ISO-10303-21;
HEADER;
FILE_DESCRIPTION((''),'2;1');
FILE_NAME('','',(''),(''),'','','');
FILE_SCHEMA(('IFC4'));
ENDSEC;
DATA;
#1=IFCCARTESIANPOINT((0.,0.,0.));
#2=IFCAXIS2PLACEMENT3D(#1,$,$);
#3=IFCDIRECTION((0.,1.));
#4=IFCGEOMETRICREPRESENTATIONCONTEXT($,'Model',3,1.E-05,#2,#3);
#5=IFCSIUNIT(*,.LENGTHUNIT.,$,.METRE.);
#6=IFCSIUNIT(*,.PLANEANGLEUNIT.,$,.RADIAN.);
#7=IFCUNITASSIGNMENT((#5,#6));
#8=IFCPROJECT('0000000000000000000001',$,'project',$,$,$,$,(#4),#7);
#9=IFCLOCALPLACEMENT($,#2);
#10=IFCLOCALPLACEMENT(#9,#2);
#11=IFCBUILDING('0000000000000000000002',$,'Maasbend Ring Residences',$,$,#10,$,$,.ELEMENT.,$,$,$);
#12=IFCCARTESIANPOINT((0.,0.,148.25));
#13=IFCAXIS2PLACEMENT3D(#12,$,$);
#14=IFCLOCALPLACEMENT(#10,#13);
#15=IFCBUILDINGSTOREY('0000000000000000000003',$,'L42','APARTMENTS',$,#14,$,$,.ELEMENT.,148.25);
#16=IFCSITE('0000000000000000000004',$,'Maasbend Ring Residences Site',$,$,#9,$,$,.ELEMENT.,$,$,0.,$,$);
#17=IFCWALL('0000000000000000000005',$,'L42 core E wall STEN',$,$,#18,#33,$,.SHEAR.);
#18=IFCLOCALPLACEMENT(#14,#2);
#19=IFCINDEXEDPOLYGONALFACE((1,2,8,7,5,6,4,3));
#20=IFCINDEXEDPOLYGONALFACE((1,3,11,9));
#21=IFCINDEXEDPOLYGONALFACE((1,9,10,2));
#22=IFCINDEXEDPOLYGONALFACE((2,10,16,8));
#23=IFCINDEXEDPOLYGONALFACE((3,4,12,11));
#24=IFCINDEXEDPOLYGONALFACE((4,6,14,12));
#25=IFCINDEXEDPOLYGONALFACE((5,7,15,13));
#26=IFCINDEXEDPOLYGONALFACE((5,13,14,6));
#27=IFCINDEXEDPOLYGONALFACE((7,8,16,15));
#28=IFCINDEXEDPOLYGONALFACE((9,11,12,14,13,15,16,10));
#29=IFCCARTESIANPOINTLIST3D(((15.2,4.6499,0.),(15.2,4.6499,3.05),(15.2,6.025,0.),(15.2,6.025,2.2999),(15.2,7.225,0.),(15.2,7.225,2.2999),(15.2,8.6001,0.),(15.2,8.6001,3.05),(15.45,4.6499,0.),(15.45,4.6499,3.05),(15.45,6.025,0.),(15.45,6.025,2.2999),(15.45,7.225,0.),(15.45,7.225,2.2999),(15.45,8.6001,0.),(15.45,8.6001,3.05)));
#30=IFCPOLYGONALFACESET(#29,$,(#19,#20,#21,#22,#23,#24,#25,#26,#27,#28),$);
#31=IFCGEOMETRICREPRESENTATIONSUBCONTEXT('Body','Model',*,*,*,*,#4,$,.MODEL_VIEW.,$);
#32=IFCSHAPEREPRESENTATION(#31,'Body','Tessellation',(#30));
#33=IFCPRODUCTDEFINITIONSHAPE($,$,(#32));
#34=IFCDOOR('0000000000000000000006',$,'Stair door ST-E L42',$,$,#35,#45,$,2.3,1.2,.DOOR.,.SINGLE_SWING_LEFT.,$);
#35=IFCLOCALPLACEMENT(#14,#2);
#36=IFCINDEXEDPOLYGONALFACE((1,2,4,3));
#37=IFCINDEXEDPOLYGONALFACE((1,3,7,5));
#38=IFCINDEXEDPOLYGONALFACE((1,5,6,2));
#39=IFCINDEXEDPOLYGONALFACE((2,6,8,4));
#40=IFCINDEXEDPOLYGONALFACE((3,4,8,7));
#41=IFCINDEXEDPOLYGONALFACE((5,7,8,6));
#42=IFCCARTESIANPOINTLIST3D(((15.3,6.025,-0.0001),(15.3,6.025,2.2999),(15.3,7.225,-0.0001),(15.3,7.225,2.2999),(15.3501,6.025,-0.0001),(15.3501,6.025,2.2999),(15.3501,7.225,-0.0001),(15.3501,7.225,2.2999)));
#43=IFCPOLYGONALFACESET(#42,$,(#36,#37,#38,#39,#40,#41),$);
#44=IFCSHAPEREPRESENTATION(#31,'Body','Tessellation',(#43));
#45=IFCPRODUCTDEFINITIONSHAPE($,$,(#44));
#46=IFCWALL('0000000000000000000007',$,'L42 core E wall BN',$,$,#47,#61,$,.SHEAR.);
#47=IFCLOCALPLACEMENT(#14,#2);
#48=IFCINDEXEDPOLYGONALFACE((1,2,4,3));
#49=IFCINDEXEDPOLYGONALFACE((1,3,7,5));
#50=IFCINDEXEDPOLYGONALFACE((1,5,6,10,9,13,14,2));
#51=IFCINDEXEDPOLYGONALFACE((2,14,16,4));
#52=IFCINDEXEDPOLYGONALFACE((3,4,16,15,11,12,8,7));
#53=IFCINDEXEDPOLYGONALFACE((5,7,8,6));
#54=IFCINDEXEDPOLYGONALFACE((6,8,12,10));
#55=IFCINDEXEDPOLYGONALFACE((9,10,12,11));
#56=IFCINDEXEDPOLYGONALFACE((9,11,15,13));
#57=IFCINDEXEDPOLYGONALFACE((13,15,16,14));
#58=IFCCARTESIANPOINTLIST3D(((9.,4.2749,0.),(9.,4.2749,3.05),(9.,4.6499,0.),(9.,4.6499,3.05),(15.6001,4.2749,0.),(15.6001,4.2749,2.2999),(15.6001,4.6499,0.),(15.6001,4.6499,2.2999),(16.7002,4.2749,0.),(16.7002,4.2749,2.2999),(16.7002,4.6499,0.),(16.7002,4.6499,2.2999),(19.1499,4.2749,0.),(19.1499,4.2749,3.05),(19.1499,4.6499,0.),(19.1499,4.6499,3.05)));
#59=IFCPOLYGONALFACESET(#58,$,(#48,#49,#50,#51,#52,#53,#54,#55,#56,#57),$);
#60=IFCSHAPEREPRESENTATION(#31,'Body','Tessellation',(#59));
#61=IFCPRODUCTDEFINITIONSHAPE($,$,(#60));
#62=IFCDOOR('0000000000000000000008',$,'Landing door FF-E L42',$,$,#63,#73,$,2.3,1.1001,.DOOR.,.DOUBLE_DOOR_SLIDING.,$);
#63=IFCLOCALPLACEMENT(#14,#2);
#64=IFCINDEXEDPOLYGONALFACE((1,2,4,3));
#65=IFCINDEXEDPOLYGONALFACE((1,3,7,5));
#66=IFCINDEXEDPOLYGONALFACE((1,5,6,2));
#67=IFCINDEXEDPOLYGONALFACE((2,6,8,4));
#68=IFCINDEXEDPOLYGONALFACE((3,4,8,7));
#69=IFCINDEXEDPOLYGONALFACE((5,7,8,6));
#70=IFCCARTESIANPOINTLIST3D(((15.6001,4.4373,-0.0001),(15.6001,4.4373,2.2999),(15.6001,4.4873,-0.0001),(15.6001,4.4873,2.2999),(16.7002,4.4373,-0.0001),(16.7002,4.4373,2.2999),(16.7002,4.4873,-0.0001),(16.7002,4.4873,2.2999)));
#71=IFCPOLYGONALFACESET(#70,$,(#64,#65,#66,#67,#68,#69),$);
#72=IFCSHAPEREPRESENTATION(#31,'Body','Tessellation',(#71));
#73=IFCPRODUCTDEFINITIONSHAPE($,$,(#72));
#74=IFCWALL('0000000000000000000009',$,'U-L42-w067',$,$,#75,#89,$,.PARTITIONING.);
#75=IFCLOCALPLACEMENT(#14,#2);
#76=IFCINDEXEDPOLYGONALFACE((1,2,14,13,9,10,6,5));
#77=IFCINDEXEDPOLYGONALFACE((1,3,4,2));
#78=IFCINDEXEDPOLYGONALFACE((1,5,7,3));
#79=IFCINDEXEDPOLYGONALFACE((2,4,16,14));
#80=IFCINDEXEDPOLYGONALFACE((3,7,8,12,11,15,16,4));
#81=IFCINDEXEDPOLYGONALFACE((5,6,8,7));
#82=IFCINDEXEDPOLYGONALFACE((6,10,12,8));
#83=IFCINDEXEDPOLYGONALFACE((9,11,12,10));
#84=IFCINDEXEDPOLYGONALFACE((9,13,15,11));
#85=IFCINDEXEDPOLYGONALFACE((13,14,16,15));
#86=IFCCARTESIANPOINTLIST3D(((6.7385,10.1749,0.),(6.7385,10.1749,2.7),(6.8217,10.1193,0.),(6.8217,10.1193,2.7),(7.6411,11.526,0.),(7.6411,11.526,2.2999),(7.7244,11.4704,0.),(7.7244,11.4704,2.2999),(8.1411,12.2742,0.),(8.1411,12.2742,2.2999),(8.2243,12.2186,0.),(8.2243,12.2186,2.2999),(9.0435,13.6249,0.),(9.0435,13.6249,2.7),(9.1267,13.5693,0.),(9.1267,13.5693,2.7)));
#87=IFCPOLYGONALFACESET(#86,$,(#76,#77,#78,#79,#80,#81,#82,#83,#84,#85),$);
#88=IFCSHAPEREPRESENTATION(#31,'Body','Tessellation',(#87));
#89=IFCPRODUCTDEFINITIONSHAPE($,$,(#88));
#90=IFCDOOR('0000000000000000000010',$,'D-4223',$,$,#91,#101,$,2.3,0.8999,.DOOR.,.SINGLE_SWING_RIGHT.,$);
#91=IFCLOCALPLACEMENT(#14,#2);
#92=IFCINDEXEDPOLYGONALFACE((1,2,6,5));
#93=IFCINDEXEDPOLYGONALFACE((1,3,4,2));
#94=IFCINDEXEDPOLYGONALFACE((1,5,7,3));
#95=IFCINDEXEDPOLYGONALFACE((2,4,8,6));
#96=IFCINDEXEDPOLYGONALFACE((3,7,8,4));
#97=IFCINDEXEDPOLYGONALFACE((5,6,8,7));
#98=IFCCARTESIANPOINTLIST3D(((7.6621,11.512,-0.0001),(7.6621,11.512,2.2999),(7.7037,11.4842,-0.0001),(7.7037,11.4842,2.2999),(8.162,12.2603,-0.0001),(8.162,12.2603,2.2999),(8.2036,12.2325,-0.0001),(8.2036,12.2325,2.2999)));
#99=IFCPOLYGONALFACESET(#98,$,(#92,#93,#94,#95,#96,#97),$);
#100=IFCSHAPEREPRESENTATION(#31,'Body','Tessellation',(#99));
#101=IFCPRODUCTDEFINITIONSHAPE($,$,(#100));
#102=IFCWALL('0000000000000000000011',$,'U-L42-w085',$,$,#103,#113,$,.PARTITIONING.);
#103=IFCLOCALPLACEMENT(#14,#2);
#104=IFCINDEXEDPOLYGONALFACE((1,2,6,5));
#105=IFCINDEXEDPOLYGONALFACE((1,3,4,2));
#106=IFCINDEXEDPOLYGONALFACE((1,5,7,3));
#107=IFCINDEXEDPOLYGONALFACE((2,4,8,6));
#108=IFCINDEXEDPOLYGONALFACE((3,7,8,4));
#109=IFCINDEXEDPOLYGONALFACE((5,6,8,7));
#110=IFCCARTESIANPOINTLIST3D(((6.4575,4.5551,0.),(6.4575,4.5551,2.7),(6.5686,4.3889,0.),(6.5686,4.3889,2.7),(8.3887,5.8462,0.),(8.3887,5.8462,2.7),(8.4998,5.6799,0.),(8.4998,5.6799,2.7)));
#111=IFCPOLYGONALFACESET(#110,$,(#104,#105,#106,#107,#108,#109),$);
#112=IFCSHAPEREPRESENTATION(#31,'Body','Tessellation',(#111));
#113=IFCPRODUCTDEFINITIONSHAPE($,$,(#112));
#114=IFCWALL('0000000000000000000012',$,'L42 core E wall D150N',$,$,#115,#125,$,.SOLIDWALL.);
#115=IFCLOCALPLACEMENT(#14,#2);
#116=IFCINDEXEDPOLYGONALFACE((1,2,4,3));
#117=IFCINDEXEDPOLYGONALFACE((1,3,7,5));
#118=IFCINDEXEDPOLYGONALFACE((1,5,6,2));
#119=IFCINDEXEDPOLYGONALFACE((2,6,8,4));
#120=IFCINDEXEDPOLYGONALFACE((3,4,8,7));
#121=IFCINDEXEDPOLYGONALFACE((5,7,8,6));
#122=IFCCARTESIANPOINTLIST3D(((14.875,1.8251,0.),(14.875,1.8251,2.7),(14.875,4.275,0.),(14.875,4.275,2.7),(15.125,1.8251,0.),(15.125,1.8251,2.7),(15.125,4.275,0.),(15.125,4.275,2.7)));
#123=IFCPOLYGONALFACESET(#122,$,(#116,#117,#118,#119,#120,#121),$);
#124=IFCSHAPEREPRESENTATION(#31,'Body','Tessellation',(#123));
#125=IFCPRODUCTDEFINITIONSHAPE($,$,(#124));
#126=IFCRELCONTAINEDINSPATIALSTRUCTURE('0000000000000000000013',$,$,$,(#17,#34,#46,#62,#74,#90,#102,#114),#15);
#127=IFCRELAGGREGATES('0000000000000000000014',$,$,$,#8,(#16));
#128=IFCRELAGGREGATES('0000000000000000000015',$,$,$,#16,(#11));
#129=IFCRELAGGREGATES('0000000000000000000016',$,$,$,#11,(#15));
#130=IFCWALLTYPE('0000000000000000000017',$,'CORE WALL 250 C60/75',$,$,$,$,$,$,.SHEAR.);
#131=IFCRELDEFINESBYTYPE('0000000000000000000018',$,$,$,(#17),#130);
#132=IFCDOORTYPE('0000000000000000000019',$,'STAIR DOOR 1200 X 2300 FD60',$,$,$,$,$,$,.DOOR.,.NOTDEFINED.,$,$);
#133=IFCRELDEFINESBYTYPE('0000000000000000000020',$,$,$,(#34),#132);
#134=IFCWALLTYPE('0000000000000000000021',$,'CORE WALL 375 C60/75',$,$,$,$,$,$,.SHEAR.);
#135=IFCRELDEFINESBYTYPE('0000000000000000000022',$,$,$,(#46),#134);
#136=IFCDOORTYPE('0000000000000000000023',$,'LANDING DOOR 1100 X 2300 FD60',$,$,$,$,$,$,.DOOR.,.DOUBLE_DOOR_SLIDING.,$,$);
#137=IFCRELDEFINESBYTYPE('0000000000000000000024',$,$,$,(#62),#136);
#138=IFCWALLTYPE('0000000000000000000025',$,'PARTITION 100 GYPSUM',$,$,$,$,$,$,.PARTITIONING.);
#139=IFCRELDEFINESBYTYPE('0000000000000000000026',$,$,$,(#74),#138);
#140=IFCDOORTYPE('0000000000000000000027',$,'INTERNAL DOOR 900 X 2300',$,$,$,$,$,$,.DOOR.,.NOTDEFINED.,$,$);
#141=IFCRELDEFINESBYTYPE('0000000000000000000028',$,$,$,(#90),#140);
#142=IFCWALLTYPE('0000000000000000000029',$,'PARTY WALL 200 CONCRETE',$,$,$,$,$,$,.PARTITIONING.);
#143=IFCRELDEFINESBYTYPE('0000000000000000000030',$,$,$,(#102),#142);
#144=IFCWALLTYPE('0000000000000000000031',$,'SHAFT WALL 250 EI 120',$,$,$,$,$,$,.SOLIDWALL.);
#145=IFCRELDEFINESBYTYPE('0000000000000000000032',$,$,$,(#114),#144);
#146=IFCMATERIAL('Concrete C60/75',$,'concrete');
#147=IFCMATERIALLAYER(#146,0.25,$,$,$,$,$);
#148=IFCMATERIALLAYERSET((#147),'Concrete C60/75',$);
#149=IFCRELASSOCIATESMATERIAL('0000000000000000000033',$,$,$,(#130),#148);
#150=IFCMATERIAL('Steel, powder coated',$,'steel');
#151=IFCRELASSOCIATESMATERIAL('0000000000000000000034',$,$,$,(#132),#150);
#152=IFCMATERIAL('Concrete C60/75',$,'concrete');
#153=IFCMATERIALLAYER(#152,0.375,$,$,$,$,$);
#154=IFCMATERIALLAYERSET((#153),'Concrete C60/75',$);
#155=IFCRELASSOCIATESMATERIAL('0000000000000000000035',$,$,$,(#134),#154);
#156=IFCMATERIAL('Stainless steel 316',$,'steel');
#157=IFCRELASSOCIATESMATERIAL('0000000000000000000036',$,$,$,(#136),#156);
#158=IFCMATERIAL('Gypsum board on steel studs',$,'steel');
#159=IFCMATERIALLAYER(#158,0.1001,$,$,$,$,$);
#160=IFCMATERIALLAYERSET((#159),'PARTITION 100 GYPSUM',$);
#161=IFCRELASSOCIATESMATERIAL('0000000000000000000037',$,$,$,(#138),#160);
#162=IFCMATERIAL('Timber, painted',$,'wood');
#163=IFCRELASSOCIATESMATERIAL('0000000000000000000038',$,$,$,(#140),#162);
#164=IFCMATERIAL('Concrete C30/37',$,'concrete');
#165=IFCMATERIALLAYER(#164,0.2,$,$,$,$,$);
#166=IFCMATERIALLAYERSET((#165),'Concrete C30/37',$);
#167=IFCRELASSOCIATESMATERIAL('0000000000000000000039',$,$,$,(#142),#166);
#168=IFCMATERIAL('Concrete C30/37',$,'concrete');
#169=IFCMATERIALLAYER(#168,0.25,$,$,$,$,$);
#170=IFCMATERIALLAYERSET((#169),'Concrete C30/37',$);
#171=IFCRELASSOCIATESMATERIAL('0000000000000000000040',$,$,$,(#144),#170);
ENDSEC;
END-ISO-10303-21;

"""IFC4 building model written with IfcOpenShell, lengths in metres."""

from ifc_helpers import new_model, si_unit, direction, frame, frame_2d, origin, place, context, subcontext, project, spatial, rectangle, extrude, material, layer, layer_set, type_object, element, fill, save


model = new_model("IFC4")

# Units and contexts
model_context = context("Model", 3, precision=1e-05, world=origin(), true_north=direction((0.0, 1.0)))
body_context = subcontext(model_context, "Body", "Model", "MODEL_VIEW")
ifc_project = project(units=[si_unit("LENGTHUNIT", "METRE"), si_unit("PLANEANGLEUNIT", "RADIAN")], contexts=[model_context])

# Site, building, storey
site_placement = place(None, origin())
site = spatial("IfcSite", under=ifc_project, at=site_placement, Name="Maasbend Ring Residences Site", CompositionType="ELEMENT", RefElevation=0.0)
building_placement = place(site_placement, origin())
building = spatial("IfcBuilding", under=site, at=building_placement, Name="Maasbend Ring Residences", CompositionType="ELEMENT")
storey_placement = place(building_placement, frame((0.0, 0.0, 148.25)))
storey = spatial("IfcBuildingStorey", under=building, at=storey_placement, Name="L42", Description="APARTMENTS", CompositionType="ELEMENT", Elevation=148.25)

# Shared definitions
ifc_material_1 = material(Name="Concrete C60/75", Category="concrete")
ifc_layer_1 = layer(ifc_material_1, 0.25)
ifc_layer_set_1 = layer_set([ifc_layer_1], Name="Concrete C60/75")
wall_type_1 = type_object("IfcWallType", Name="CORE WALL 250 C60/75", PredefinedType="SHEAR", material=ifc_layer_set_1)

# Walls, openings, doors
wall_1_placement = place(storey_placement, frame((15.325, 4.6499, 0.0), z_axis=(0.0, 0.0, 1.0), x_axis=(0.0, 1.0, 0.0)))
wall_1 = element("IfcWall", 1, at=wall_1_placement, inside=storey, type_object=wall_type_1, Name="L42 core E wall STEN", PredefinedType="SHEAR", context=body_context, shape_type="SweptSolid", body=[
    extrude(rectangle(XDim=3.9502, YDim=0.25, at=frame_2d((1.9751, 0.0))), origin(), (0.0, 0.0, 1.0), 3.05),
])
opening_1_placement = place(wall_1_placement, frame((1.375, 0.0, 0.0)))
opening_1 = element("IfcOpeningElement", 2, at=opening_1_placement, cuts=wall_1, PredefinedType="OPENING", context=body_context, shape_type="SweptSolid", body=[
    extrude(rectangle(XDim=1.2, YDim=2.3, at=frame_2d((0.6001, 1.1499))), frame((0.0, 0.135, 0.0), z_axis=(0.0, -1.0, 0.0), x_axis=(1.0, 0.0, 0.0)), (0.0, 0.0, 1.0), 0.27),
])
ifc_material_2 = material(Name="Steel, powder coated", Category="steel")
door_type_1 = type_object("IfcDoorType", Name="STAIR DOOR 1200 X 2300 FD60", OperationType="NOTDEFINED", PredefinedType="DOOR", material=ifc_material_2)
door_1_placement = place(opening_1_placement, origin())
door_1 = element("IfcDoor", 3, at=door_1_placement, inside=storey, type_object=door_type_1, Name="Stair door ST-E L42", OperationType="SINGLE_SWING_LEFT", OverallHeight=2.3, OverallWidth=1.2, PredefinedType="DOOR", context=body_context, shape_type="SweptSolid", body=[
    extrude(rectangle(XDim=1.2, YDim=2.3, at=frame_2d((0.6001, 1.1499))), frame((0.0, 0.0249, 0.0), z_axis=(0.0, -1.0, 0.0), x_axis=(1.0, 0.0, 0.0)), (0.0, 0.0, 1.0), 0.05),
])
fill(opening_1, door_1)
ifc_material_3 = material(Name="Concrete C60/75", Category="concrete")
ifc_layer_2 = layer(ifc_material_3, 0.375)
ifc_layer_set_2 = layer_set([ifc_layer_2], Name="Concrete C60/75")
wall_type_2 = type_object("IfcWallType", Name="CORE WALL 375 C60/75", PredefinedType="SHEAR", material=ifc_layer_set_2)
wall_2_placement = place(storey_placement, frame((9.0, 4.4624, 0.0), z_axis=(0.0, 0.0, 1.0), x_axis=(1.0, 0.0, 0.0)))
wall_2 = element("IfcWall", 4, at=wall_2_placement, inside=storey, type_object=wall_type_2, Name="L42 core E wall BN", PredefinedType="SHEAR", context=body_context, shape_type="SweptSolid", body=[
    extrude(rectangle(XDim=10.1499, YDim=0.375, at=frame_2d((5.075, 0.0))), origin(), (0.0, 0.0, 1.0), 3.05),
])
opening_2_placement = place(wall_2_placement, frame((6.6001, 0.0, 0.0)))
opening_2 = element("IfcOpeningElement", 5, at=opening_2_placement, cuts=wall_2, PredefinedType="OPENING", context=body_context, shape_type="SweptSolid", body=[
    extrude(rectangle(XDim=1.1001, YDim=2.3, at=frame_2d((0.55, 1.1499))), frame((0.0, 0.1975, 0.0), z_axis=(0.0, -1.0, 0.0), x_axis=(1.0, 0.0, 0.0)), (0.0, 0.0, 1.0), 0.395),
])
ifc_material_4 = material(Name="Stainless steel 316", Category="steel")
door_type_2 = type_object("IfcDoorType", Name="LANDING DOOR 1100 X 2300 FD60", OperationType="DOUBLE_DOOR_SLIDING", PredefinedType="DOOR", material=ifc_material_4)
door_2_placement = place(opening_2_placement, origin())
door_2 = element("IfcDoor", 6, at=door_2_placement, inside=storey, type_object=door_type_2, Name="Landing door FF-E L42", OperationType="DOUBLE_DOOR_SLIDING", OverallHeight=2.3, OverallWidth=1.1001, PredefinedType="DOOR", context=body_context, shape_type="SweptSolid", body=[
    extrude(rectangle(XDim=1.1001, YDim=2.3, at=frame_2d((0.55, 1.1499))), frame((0.0, 0.0249, 0.0), z_axis=(0.0, -1.0, 0.0), x_axis=(1.0, 0.0, 0.0)), (0.0, 0.0, 1.0), 0.05),
])
fill(opening_2, door_2)
ifc_material_5 = material(Name="Gypsum board on steel studs", Category="steel")
ifc_layer_3 = layer(ifc_material_5, 0.1001)
ifc_layer_set_3 = layer_set([ifc_layer_3], Name="PARTITION 100 GYPSUM")
wall_type_3 = type_object("IfcWallType", Name="PARTITION 100 GYPSUM", PredefinedType="PARTITIONING", material=ifc_layer_set_3)
wall_3_placement = place(storey_placement, frame((6.78, 10.147, 0.0), z_axis=(0.0, 0.0, 1.0), x_axis=(0.555528, 0.831498, 0.0)))
wall_3 = element("IfcWall", 7, at=wall_3_placement, inside=storey, type_object=wall_type_3, Name="U-L42-w067", PredefinedType="PARTITIONING", context=body_context, shape_type="SweptSolid", body=[
    extrude(rectangle(XDim=4.1492, YDim=0.1001, at=frame_2d((2.0747, 0.0))), origin(), (0.0, 0.0, 1.0), 2.7),
])
opening_3_placement = place(wall_3_placement, frame((1.625, 0.0, 0.0)))
opening_3 = element("IfcOpeningElement", 8, at=opening_3_placement, cuts=wall_3, PredefinedType="OPENING", context=body_context, shape_type="SweptSolid", body=[
    extrude(rectangle(XDim=0.8999, YDim=2.3, at=frame_2d((0.45, 1.1499))), frame((0.0, 0.0601, 0.0), z_axis=(0.0, -1.0, 0.0), x_axis=(1.0, 0.0, 0.0)), (0.0, 0.0, 1.0), 0.1201),
])
ifc_material_6 = material(Name="Timber, painted", Category="wood")
door_type_3 = type_object("IfcDoorType", Name="INTERNAL DOOR 900 X 2300", OperationType="NOTDEFINED", PredefinedType="DOOR", material=ifc_material_6)
door_3_placement = place(opening_3_placement, origin())
door_3 = element("IfcDoor", 9, at=door_3_placement, inside=storey, type_object=door_type_3, Name="D-4223", OperationType="SINGLE_SWING_RIGHT", OverallHeight=2.3, OverallWidth=0.8999, PredefinedType="DOOR", context=body_context, shape_type="SweptSolid", body=[
    extrude(rectangle(XDim=0.8999, YDim=2.3, at=frame_2d((0.45, 1.1499))), frame((0.0, 0.0249, 0.0), z_axis=(0.0, -1.0, 0.0), x_axis=(1.0, 0.0, 0.0)), (0.0, 0.0, 1.0), 0.05),
])
fill(opening_3, door_3)

# Walls
ifc_material_7 = material(Name="Concrete C30/37", Category="concrete")
ifc_layer_4 = layer(ifc_material_7, 0.2)
ifc_layer_set_4 = layer_set([ifc_layer_4], Name="Concrete C30/37")
wall_type_4 = type_object("IfcWallType", Name="PARTY WALL 200 CONCRETE", PredefinedType="PARTITIONING", material=ifc_layer_set_4)
wall_4_placement = place(storey_placement, frame((6.5129, 4.4719, 0.0), z_axis=(0.0, 0.0, 1.0), x_axis=(0.831338, 0.555767, 0.0)))
element("IfcWall", 10, at=wall_4_placement, inside=storey, type_object=wall_type_4, Name="U-L42-w085", PredefinedType="PARTITIONING", context=body_context, shape_type="SweptSolid", body=[
    extrude(rectangle(XDim=2.323, YDim=0.2, at=frame_2d((1.1616, 0.0))), origin(), (0.0, 0.0, 1.0), 2.7),
])
ifc_material_8 = material(Name="Concrete C30/37", Category="concrete")
ifc_layer_5 = layer(ifc_material_8, 0.25)
ifc_layer_set_5 = layer_set([ifc_layer_5], Name="Concrete C30/37")
wall_type_5 = type_object("IfcWallType", Name="SHAFT WALL 250 EI 120", PredefinedType="SOLIDWALL", material=ifc_layer_set_5)
wall_5_placement = place(storey_placement, frame((15.0, 1.825, 0.0), z_axis=(0.0, 0.0, 1.0), x_axis=(0.0, 1.0, 0.0)))
element("IfcWall", 11, at=wall_5_placement, inside=storey, type_object=wall_type_5, Name="L42 core E wall D150N", PredefinedType="SOLIDWALL", context=body_context, shape_type="SweptSolid", body=[
    extrude(rectangle(XDim=2.45, YDim=0.25, at=frame_2d((1.2251, 0.0))), origin(), (0.0, 0.0, 1.0), 2.7),
])

save(model, "model.ifc")
